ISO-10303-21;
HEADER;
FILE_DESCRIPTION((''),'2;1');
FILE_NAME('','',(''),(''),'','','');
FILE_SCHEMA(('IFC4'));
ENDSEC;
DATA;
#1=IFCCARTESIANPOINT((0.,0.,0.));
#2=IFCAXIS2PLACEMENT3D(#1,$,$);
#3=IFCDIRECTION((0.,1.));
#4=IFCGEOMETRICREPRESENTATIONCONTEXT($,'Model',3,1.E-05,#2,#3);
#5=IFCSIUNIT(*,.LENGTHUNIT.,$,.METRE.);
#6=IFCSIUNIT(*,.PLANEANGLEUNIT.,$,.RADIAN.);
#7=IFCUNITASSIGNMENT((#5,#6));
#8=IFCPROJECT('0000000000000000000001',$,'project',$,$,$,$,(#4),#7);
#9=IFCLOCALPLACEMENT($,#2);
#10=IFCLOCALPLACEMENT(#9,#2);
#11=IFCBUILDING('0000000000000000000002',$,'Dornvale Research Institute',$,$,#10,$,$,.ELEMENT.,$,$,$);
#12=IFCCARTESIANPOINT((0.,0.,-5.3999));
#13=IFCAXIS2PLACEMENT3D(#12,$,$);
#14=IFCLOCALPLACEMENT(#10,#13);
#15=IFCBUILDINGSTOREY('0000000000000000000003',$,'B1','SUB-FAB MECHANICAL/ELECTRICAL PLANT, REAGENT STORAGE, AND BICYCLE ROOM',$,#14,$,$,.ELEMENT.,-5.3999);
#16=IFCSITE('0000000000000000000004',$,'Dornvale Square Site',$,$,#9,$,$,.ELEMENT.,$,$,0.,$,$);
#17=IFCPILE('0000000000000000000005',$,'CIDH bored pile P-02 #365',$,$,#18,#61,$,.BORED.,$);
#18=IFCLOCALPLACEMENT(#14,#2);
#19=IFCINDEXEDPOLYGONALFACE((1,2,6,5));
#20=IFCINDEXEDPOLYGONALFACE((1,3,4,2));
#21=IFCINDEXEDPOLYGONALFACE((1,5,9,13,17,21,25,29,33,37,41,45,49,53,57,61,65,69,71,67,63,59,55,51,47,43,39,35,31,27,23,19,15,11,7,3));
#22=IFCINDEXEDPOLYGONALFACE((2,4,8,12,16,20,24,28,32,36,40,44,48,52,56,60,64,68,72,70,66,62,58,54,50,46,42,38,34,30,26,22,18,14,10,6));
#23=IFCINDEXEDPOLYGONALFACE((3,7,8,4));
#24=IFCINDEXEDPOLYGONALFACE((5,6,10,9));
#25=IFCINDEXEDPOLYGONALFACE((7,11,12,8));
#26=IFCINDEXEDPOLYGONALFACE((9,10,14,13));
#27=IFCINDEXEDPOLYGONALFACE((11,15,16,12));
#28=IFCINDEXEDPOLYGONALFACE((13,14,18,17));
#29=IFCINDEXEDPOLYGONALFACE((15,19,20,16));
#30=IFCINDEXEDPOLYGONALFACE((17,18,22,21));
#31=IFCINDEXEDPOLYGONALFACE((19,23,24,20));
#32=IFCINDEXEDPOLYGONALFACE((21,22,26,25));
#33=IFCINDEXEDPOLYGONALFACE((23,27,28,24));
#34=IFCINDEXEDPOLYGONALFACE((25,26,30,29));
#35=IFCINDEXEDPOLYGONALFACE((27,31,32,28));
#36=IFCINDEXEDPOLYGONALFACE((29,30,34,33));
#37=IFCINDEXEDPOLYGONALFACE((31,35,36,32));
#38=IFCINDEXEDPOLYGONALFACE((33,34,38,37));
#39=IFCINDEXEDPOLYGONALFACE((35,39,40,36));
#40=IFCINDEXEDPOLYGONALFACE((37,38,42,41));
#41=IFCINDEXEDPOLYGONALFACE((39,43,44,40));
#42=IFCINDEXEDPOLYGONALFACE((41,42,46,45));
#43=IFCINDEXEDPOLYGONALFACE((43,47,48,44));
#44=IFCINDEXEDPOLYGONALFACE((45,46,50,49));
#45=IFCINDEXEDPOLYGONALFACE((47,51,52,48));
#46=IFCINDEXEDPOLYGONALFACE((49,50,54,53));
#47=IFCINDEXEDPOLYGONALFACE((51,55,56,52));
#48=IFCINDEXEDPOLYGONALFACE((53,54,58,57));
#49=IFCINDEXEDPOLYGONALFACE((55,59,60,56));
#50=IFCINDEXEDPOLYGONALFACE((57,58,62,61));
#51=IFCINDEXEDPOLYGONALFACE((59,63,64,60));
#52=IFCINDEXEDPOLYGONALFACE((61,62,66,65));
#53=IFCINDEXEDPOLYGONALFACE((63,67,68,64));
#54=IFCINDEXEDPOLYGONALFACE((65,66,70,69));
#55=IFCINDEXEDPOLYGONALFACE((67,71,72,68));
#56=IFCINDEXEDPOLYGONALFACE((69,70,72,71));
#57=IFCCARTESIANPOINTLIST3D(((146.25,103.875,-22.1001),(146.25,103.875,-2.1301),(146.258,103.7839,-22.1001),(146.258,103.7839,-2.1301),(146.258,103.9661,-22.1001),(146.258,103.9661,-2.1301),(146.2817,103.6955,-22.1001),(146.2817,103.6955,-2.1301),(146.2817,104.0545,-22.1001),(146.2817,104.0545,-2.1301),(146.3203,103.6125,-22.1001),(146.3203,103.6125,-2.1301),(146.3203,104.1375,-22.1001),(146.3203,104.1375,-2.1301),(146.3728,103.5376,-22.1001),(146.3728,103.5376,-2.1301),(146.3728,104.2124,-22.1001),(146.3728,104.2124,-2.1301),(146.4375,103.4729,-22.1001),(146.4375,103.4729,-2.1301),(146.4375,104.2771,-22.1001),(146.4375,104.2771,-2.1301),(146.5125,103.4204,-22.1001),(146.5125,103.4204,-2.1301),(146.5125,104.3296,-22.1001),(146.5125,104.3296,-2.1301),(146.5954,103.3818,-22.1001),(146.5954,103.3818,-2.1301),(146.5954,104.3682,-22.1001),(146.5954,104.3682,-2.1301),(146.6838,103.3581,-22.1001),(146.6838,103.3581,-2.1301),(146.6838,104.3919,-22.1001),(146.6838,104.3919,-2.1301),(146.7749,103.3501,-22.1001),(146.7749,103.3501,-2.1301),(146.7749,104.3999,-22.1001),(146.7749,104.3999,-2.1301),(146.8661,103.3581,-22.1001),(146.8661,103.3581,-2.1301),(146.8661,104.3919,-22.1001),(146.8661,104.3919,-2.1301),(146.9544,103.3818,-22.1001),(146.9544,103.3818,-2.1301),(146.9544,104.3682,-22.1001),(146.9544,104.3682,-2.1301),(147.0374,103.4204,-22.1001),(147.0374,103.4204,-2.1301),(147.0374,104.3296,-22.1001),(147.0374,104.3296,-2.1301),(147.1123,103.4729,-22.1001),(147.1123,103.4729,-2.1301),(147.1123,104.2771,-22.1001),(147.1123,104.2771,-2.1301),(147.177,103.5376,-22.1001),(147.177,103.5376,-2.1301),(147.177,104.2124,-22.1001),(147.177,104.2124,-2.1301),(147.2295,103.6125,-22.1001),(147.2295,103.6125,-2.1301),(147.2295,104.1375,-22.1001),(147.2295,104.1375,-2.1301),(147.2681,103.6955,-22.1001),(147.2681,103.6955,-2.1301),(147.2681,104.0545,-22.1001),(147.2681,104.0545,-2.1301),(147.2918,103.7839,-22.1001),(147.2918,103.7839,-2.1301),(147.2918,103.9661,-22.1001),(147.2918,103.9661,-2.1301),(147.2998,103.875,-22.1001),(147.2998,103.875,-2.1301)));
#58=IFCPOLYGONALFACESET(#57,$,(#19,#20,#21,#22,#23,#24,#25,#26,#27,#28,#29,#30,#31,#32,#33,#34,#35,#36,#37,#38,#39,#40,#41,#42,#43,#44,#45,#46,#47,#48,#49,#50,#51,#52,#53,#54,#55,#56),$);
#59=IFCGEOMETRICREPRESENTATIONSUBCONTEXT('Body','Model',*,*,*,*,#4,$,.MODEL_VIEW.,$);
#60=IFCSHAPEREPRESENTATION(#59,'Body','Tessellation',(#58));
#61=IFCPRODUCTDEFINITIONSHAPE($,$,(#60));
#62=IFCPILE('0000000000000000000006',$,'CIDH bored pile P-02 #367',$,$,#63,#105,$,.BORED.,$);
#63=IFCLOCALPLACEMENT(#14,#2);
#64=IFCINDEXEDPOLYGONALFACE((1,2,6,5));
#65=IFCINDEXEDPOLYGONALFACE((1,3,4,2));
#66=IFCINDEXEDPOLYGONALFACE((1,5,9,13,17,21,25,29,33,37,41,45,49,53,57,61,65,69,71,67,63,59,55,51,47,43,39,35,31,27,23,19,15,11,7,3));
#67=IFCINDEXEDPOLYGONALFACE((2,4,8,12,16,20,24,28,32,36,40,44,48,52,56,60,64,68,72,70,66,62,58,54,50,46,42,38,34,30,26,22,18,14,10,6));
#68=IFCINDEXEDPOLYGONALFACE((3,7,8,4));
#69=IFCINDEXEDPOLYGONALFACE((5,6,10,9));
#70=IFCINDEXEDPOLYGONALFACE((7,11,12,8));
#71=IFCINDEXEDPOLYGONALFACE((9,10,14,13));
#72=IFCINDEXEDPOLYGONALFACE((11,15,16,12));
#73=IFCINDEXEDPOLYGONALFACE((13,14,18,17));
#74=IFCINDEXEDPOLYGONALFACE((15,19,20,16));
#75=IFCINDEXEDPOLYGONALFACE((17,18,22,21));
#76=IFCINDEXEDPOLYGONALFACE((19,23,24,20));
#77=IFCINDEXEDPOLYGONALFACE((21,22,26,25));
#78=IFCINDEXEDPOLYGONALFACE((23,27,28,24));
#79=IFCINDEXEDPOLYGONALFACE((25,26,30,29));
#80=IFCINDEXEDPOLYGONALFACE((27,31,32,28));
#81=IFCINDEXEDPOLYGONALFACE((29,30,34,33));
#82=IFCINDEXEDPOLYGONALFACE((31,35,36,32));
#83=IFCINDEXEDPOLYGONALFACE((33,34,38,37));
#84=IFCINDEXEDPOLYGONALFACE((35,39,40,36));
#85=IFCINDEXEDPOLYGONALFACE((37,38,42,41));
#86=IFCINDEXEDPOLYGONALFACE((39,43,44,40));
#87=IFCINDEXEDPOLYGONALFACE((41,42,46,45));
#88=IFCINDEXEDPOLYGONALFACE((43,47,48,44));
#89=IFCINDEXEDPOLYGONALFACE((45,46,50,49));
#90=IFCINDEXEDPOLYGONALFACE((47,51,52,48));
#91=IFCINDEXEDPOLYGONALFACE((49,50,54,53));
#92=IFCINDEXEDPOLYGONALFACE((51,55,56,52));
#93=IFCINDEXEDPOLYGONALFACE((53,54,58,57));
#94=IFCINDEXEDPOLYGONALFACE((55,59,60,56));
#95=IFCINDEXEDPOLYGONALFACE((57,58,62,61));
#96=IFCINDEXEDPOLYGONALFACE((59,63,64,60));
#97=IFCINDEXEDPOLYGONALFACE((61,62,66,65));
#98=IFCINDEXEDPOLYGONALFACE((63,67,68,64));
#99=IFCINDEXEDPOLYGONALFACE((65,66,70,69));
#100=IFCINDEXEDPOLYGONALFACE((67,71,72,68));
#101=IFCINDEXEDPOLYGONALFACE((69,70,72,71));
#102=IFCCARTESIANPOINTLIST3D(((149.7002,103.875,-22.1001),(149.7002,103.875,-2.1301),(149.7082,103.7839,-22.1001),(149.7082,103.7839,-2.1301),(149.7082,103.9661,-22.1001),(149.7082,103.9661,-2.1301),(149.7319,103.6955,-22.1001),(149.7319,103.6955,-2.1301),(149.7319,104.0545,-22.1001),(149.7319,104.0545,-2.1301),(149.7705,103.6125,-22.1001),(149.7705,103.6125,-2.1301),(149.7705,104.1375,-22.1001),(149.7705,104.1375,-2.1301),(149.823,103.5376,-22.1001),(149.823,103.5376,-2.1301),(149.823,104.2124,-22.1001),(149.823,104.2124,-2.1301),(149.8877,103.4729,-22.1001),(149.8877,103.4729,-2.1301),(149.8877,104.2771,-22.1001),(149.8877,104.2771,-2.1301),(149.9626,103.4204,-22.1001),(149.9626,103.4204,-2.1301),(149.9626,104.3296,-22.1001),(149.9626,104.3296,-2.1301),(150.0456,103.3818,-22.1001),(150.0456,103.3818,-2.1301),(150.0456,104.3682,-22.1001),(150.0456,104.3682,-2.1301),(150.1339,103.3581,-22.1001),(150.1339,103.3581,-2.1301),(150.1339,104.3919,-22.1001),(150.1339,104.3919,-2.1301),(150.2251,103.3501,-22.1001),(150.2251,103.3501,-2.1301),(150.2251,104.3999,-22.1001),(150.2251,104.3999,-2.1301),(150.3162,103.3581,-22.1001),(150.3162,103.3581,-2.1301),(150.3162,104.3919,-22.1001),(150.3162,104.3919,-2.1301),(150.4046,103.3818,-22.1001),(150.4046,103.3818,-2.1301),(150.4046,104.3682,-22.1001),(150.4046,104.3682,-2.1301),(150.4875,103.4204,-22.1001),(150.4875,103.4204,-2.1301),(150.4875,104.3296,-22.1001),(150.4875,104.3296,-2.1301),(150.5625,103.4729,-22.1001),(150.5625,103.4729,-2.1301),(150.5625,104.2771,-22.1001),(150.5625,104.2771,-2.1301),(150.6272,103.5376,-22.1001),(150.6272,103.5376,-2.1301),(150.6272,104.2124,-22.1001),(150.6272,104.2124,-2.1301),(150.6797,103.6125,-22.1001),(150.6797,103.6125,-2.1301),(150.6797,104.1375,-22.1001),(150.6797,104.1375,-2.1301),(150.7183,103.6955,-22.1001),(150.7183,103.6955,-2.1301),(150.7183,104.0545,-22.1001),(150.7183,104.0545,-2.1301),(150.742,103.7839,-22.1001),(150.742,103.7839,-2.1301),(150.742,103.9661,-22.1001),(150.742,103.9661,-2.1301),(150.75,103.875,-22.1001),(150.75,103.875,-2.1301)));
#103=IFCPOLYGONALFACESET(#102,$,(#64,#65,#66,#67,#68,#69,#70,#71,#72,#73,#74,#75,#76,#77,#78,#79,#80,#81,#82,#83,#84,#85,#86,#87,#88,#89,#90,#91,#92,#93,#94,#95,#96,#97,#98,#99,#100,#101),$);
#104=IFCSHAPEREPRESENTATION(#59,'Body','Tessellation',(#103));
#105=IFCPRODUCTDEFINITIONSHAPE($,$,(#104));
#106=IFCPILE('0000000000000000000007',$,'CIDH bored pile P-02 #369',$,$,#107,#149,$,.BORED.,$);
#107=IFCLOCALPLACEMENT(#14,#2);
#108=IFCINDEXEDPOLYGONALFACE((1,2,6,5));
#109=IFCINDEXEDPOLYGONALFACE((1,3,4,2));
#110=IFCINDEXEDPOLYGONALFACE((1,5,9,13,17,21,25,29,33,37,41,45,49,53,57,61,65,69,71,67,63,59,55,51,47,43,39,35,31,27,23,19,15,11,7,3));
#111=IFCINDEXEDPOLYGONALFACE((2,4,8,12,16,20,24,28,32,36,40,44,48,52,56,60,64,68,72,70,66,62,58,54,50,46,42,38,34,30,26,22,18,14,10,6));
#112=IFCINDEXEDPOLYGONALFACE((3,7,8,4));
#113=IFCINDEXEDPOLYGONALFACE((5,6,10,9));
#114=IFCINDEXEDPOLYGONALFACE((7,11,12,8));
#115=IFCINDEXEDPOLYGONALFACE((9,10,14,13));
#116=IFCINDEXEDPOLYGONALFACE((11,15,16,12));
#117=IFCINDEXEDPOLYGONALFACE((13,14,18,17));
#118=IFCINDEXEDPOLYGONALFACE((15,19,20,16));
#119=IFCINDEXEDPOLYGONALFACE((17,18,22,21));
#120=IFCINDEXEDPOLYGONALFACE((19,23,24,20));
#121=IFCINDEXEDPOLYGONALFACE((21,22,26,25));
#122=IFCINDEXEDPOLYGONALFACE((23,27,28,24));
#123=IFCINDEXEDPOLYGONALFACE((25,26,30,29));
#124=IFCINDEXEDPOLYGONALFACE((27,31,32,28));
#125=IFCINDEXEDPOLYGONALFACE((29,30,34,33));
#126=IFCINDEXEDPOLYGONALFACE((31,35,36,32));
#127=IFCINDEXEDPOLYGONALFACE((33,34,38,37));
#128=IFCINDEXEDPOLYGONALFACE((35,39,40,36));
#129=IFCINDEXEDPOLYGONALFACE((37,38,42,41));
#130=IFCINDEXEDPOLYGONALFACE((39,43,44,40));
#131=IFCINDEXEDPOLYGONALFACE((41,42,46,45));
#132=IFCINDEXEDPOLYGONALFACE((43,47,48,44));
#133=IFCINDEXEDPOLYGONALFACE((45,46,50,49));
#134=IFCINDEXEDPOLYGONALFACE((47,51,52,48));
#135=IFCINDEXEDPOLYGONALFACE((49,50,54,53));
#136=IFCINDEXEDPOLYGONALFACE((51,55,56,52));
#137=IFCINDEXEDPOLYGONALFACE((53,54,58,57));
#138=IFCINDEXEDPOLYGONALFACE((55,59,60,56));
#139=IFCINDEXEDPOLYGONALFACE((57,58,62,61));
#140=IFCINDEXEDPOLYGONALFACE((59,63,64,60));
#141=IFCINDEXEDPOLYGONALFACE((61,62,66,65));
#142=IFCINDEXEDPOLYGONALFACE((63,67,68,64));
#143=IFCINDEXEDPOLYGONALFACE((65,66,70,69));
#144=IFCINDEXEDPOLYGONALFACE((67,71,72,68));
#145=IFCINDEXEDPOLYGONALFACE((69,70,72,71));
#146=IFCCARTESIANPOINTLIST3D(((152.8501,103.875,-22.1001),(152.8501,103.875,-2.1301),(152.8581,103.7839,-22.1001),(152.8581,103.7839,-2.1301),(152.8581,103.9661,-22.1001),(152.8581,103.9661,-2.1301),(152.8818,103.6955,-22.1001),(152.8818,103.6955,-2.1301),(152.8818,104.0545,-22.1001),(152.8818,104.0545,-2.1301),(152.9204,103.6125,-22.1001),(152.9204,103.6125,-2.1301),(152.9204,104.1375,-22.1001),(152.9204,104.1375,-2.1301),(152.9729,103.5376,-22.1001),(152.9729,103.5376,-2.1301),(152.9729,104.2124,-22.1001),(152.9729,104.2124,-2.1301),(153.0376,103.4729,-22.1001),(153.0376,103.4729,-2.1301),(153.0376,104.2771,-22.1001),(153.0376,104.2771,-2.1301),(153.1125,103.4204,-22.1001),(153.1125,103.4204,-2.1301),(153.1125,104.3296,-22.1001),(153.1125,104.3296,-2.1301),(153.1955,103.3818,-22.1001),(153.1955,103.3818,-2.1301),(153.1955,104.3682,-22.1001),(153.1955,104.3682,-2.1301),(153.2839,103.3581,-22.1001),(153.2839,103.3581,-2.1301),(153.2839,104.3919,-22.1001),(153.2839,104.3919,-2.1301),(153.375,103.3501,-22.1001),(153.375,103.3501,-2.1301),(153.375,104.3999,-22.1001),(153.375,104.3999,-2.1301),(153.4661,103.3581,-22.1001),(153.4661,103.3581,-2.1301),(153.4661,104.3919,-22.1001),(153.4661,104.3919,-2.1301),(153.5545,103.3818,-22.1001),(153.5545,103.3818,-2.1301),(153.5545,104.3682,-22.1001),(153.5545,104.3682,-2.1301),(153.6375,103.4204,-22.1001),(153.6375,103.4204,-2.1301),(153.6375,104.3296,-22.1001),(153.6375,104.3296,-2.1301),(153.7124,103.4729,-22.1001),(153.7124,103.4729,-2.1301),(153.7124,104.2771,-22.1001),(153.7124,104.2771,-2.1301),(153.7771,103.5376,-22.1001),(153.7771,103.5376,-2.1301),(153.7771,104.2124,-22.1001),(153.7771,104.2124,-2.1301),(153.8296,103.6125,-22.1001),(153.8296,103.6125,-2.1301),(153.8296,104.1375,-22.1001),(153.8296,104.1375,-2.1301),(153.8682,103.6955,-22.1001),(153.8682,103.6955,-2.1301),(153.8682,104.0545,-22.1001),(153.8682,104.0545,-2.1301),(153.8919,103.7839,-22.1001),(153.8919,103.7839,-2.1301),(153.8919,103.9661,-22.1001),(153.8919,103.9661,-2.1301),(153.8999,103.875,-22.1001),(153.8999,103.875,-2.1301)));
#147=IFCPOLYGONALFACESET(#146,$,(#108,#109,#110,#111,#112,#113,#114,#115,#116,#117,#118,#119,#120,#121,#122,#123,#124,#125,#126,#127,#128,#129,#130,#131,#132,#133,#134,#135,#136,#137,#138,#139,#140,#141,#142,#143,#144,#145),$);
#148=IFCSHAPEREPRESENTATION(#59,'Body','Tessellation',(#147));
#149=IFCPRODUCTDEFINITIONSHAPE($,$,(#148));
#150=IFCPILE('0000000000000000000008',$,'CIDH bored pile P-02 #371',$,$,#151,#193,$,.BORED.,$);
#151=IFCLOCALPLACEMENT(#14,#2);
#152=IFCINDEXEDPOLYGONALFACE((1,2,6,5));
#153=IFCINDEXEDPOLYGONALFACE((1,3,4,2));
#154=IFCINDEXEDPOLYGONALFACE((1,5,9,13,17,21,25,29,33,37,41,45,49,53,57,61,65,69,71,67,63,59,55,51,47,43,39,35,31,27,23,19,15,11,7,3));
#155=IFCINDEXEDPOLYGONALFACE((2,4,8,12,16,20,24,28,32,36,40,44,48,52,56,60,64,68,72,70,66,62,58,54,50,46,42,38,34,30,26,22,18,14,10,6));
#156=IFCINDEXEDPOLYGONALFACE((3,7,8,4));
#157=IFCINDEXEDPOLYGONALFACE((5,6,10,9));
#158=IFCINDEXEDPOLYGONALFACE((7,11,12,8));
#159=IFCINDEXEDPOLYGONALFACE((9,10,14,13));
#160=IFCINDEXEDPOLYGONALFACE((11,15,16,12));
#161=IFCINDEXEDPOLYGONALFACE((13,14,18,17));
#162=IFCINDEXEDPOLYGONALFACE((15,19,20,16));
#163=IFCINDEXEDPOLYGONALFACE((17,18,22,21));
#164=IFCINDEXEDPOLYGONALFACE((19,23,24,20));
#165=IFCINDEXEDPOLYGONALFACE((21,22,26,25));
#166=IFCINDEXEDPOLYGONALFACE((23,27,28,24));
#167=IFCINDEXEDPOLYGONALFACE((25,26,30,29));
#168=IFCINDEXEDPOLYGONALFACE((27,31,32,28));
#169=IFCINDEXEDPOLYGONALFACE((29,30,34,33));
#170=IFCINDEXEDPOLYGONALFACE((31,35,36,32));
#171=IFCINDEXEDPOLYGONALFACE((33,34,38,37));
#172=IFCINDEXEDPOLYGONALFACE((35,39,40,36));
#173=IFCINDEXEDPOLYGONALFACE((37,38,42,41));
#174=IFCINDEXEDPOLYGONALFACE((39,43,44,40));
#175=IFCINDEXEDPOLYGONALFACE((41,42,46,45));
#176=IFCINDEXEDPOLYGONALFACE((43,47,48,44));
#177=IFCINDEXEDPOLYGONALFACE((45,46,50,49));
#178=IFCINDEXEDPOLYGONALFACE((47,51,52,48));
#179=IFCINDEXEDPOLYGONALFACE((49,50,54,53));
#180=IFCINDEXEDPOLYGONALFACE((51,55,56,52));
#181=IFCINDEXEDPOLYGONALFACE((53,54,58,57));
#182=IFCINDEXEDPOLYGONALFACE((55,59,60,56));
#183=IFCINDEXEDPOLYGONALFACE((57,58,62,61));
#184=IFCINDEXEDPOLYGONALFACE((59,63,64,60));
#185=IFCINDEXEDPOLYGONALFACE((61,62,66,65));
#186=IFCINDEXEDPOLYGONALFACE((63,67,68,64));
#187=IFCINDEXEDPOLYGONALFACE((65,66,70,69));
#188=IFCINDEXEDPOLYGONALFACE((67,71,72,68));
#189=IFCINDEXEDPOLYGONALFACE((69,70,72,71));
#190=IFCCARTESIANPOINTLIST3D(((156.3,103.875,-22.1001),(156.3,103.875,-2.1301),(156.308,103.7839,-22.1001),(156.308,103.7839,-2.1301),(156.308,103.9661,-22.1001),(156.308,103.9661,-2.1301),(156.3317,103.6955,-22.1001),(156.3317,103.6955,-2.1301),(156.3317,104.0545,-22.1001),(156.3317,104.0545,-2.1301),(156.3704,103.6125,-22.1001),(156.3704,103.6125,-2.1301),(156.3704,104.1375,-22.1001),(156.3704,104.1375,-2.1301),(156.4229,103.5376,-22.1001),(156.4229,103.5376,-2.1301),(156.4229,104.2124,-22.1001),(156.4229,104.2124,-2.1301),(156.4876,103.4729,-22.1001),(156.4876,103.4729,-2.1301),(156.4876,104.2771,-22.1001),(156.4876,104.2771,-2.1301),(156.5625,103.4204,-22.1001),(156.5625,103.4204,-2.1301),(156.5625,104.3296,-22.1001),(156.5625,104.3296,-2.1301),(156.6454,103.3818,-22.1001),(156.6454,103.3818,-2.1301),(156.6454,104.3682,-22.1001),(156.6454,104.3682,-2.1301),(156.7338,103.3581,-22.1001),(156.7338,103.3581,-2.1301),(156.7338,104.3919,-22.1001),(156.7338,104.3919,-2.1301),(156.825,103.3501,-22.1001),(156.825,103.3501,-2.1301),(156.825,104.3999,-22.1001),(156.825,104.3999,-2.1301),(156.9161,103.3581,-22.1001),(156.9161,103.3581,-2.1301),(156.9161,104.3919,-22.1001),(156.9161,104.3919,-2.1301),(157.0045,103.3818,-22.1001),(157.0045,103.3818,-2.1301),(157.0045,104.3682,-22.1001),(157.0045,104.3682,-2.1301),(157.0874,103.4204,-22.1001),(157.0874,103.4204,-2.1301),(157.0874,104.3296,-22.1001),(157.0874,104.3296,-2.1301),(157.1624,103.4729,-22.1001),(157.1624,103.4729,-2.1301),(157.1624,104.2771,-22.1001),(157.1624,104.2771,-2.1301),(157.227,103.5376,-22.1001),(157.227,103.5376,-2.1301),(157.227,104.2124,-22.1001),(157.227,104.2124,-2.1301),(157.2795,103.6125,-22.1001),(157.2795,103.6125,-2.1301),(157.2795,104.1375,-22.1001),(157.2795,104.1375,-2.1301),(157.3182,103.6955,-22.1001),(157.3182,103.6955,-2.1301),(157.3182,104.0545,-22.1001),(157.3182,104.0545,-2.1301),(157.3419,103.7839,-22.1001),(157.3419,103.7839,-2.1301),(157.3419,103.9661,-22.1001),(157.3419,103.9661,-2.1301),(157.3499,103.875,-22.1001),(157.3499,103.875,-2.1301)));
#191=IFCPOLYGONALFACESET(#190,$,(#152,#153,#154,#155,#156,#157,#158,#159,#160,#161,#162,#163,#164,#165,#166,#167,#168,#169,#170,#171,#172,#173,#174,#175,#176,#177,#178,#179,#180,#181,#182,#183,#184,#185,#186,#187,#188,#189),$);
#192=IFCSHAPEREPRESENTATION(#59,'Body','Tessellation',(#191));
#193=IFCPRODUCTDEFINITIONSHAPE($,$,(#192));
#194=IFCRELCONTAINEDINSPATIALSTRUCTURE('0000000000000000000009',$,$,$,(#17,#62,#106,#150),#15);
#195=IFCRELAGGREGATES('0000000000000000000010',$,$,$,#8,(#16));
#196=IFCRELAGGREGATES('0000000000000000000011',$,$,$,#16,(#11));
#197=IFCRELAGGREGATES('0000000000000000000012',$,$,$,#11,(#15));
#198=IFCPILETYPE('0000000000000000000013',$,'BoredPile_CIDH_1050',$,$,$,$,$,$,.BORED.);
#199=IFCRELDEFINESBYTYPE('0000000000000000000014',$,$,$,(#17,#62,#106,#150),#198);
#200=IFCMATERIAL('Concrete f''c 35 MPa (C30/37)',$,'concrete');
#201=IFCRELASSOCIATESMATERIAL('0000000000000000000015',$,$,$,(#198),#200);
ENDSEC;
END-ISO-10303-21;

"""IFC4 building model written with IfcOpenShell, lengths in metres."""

from ifc_helpers import new_model, si_unit, direction, frame, origin, origin_2d, place, context, subcontext, project, spatial, circle, extrude, material, material_profile, profile_set, type_object, element, save


model = new_model("IFC4")

# Units and contexts
model_context = context("Model", 3, precision=1e-05, world=origin(), true_north=direction((0.0, 1.0)))
body_context = subcontext(model_context, "Body", "Model", "MODEL_VIEW")
ifc_project = project(units=[si_unit("LENGTHUNIT", "METRE"), si_unit("PLANEANGLEUNIT", "RADIAN")], contexts=[model_context])

# Site, building, storey
site_placement = place(None, origin())
site = spatial("IfcSite", under=ifc_project, at=site_placement, Name="Dornvale Square Site", CompositionType="ELEMENT", RefElevation=0.0)
building_placement = place(site_placement, origin())
building = spatial("IfcBuilding", under=site, at=building_placement, Name="Dornvale Research Institute", CompositionType="ELEMENT")
storey_placement = place(building_placement, frame((0.0, 0.0, -5.3999)))
storey = spatial("IfcBuildingStorey", under=building, at=storey_placement, Name="B1", Description="SUB-FAB MECHANICAL/ELECTRICAL PLANT, REAGENT STORAGE, AND BICYCLE ROOM", CompositionType="ELEMENT", Elevation=-5.3999)

# Piles
ifc_material_1 = material(Name="Concrete f'c 35 MPa (C30/37)", Category="concrete")
ifc_material_profile_1 = material_profile(ifc_material_1, circle(Radius=0.5249, at=origin_2d()), Name="CIDH PILE D1050")
ifc_profile_set_1 = profile_set([ifc_material_profile_1], Name="Concrete f'c 35 MPa (C30/37)")
pile_type = type_object("IfcPileType", Name="BoredPile_CIDH_1050", PredefinedType="BORED", material=ifc_profile_set_1)
for number, where, z_axis, x_axis, name in (
    (1, (146.7749, 103.875, -2.1301), (0.0, 0.0, -1.0), (1.0, 0.0, 0.0), "CIDH bored pile P-02 #365"),
    (2, (150.2251, 103.875, -2.1301), (0.0, 0.0, -1.0), (1.0, 0.0, 0.0), "CIDH bored pile P-02 #367"),
    (3, (153.375, 103.875, -2.1301), (0.0, 0.0, -1.0), (1.0, 0.0, 0.0), "CIDH bored pile P-02 #369"),
    (4, (156.825, 103.875, -2.1301), (0.0, 0.0, -1.0), (1.0, 0.0, 0.0), "CIDH bored pile P-02 #371"),
):
    element("IfcPile", number, at=place(storey_placement, frame(where, z_axis=z_axis, x_axis=x_axis)), inside=storey, type_object=pile_type, Name=name, PredefinedType="BORED", context=body_context, shape_type="SweptSolid", body=[
        extrude(circle(Radius=0.5249, at=origin_2d()), origin(), (0.0, 0.0, 1.0), 19.97),
    ])

save(model, "model.ifc")
